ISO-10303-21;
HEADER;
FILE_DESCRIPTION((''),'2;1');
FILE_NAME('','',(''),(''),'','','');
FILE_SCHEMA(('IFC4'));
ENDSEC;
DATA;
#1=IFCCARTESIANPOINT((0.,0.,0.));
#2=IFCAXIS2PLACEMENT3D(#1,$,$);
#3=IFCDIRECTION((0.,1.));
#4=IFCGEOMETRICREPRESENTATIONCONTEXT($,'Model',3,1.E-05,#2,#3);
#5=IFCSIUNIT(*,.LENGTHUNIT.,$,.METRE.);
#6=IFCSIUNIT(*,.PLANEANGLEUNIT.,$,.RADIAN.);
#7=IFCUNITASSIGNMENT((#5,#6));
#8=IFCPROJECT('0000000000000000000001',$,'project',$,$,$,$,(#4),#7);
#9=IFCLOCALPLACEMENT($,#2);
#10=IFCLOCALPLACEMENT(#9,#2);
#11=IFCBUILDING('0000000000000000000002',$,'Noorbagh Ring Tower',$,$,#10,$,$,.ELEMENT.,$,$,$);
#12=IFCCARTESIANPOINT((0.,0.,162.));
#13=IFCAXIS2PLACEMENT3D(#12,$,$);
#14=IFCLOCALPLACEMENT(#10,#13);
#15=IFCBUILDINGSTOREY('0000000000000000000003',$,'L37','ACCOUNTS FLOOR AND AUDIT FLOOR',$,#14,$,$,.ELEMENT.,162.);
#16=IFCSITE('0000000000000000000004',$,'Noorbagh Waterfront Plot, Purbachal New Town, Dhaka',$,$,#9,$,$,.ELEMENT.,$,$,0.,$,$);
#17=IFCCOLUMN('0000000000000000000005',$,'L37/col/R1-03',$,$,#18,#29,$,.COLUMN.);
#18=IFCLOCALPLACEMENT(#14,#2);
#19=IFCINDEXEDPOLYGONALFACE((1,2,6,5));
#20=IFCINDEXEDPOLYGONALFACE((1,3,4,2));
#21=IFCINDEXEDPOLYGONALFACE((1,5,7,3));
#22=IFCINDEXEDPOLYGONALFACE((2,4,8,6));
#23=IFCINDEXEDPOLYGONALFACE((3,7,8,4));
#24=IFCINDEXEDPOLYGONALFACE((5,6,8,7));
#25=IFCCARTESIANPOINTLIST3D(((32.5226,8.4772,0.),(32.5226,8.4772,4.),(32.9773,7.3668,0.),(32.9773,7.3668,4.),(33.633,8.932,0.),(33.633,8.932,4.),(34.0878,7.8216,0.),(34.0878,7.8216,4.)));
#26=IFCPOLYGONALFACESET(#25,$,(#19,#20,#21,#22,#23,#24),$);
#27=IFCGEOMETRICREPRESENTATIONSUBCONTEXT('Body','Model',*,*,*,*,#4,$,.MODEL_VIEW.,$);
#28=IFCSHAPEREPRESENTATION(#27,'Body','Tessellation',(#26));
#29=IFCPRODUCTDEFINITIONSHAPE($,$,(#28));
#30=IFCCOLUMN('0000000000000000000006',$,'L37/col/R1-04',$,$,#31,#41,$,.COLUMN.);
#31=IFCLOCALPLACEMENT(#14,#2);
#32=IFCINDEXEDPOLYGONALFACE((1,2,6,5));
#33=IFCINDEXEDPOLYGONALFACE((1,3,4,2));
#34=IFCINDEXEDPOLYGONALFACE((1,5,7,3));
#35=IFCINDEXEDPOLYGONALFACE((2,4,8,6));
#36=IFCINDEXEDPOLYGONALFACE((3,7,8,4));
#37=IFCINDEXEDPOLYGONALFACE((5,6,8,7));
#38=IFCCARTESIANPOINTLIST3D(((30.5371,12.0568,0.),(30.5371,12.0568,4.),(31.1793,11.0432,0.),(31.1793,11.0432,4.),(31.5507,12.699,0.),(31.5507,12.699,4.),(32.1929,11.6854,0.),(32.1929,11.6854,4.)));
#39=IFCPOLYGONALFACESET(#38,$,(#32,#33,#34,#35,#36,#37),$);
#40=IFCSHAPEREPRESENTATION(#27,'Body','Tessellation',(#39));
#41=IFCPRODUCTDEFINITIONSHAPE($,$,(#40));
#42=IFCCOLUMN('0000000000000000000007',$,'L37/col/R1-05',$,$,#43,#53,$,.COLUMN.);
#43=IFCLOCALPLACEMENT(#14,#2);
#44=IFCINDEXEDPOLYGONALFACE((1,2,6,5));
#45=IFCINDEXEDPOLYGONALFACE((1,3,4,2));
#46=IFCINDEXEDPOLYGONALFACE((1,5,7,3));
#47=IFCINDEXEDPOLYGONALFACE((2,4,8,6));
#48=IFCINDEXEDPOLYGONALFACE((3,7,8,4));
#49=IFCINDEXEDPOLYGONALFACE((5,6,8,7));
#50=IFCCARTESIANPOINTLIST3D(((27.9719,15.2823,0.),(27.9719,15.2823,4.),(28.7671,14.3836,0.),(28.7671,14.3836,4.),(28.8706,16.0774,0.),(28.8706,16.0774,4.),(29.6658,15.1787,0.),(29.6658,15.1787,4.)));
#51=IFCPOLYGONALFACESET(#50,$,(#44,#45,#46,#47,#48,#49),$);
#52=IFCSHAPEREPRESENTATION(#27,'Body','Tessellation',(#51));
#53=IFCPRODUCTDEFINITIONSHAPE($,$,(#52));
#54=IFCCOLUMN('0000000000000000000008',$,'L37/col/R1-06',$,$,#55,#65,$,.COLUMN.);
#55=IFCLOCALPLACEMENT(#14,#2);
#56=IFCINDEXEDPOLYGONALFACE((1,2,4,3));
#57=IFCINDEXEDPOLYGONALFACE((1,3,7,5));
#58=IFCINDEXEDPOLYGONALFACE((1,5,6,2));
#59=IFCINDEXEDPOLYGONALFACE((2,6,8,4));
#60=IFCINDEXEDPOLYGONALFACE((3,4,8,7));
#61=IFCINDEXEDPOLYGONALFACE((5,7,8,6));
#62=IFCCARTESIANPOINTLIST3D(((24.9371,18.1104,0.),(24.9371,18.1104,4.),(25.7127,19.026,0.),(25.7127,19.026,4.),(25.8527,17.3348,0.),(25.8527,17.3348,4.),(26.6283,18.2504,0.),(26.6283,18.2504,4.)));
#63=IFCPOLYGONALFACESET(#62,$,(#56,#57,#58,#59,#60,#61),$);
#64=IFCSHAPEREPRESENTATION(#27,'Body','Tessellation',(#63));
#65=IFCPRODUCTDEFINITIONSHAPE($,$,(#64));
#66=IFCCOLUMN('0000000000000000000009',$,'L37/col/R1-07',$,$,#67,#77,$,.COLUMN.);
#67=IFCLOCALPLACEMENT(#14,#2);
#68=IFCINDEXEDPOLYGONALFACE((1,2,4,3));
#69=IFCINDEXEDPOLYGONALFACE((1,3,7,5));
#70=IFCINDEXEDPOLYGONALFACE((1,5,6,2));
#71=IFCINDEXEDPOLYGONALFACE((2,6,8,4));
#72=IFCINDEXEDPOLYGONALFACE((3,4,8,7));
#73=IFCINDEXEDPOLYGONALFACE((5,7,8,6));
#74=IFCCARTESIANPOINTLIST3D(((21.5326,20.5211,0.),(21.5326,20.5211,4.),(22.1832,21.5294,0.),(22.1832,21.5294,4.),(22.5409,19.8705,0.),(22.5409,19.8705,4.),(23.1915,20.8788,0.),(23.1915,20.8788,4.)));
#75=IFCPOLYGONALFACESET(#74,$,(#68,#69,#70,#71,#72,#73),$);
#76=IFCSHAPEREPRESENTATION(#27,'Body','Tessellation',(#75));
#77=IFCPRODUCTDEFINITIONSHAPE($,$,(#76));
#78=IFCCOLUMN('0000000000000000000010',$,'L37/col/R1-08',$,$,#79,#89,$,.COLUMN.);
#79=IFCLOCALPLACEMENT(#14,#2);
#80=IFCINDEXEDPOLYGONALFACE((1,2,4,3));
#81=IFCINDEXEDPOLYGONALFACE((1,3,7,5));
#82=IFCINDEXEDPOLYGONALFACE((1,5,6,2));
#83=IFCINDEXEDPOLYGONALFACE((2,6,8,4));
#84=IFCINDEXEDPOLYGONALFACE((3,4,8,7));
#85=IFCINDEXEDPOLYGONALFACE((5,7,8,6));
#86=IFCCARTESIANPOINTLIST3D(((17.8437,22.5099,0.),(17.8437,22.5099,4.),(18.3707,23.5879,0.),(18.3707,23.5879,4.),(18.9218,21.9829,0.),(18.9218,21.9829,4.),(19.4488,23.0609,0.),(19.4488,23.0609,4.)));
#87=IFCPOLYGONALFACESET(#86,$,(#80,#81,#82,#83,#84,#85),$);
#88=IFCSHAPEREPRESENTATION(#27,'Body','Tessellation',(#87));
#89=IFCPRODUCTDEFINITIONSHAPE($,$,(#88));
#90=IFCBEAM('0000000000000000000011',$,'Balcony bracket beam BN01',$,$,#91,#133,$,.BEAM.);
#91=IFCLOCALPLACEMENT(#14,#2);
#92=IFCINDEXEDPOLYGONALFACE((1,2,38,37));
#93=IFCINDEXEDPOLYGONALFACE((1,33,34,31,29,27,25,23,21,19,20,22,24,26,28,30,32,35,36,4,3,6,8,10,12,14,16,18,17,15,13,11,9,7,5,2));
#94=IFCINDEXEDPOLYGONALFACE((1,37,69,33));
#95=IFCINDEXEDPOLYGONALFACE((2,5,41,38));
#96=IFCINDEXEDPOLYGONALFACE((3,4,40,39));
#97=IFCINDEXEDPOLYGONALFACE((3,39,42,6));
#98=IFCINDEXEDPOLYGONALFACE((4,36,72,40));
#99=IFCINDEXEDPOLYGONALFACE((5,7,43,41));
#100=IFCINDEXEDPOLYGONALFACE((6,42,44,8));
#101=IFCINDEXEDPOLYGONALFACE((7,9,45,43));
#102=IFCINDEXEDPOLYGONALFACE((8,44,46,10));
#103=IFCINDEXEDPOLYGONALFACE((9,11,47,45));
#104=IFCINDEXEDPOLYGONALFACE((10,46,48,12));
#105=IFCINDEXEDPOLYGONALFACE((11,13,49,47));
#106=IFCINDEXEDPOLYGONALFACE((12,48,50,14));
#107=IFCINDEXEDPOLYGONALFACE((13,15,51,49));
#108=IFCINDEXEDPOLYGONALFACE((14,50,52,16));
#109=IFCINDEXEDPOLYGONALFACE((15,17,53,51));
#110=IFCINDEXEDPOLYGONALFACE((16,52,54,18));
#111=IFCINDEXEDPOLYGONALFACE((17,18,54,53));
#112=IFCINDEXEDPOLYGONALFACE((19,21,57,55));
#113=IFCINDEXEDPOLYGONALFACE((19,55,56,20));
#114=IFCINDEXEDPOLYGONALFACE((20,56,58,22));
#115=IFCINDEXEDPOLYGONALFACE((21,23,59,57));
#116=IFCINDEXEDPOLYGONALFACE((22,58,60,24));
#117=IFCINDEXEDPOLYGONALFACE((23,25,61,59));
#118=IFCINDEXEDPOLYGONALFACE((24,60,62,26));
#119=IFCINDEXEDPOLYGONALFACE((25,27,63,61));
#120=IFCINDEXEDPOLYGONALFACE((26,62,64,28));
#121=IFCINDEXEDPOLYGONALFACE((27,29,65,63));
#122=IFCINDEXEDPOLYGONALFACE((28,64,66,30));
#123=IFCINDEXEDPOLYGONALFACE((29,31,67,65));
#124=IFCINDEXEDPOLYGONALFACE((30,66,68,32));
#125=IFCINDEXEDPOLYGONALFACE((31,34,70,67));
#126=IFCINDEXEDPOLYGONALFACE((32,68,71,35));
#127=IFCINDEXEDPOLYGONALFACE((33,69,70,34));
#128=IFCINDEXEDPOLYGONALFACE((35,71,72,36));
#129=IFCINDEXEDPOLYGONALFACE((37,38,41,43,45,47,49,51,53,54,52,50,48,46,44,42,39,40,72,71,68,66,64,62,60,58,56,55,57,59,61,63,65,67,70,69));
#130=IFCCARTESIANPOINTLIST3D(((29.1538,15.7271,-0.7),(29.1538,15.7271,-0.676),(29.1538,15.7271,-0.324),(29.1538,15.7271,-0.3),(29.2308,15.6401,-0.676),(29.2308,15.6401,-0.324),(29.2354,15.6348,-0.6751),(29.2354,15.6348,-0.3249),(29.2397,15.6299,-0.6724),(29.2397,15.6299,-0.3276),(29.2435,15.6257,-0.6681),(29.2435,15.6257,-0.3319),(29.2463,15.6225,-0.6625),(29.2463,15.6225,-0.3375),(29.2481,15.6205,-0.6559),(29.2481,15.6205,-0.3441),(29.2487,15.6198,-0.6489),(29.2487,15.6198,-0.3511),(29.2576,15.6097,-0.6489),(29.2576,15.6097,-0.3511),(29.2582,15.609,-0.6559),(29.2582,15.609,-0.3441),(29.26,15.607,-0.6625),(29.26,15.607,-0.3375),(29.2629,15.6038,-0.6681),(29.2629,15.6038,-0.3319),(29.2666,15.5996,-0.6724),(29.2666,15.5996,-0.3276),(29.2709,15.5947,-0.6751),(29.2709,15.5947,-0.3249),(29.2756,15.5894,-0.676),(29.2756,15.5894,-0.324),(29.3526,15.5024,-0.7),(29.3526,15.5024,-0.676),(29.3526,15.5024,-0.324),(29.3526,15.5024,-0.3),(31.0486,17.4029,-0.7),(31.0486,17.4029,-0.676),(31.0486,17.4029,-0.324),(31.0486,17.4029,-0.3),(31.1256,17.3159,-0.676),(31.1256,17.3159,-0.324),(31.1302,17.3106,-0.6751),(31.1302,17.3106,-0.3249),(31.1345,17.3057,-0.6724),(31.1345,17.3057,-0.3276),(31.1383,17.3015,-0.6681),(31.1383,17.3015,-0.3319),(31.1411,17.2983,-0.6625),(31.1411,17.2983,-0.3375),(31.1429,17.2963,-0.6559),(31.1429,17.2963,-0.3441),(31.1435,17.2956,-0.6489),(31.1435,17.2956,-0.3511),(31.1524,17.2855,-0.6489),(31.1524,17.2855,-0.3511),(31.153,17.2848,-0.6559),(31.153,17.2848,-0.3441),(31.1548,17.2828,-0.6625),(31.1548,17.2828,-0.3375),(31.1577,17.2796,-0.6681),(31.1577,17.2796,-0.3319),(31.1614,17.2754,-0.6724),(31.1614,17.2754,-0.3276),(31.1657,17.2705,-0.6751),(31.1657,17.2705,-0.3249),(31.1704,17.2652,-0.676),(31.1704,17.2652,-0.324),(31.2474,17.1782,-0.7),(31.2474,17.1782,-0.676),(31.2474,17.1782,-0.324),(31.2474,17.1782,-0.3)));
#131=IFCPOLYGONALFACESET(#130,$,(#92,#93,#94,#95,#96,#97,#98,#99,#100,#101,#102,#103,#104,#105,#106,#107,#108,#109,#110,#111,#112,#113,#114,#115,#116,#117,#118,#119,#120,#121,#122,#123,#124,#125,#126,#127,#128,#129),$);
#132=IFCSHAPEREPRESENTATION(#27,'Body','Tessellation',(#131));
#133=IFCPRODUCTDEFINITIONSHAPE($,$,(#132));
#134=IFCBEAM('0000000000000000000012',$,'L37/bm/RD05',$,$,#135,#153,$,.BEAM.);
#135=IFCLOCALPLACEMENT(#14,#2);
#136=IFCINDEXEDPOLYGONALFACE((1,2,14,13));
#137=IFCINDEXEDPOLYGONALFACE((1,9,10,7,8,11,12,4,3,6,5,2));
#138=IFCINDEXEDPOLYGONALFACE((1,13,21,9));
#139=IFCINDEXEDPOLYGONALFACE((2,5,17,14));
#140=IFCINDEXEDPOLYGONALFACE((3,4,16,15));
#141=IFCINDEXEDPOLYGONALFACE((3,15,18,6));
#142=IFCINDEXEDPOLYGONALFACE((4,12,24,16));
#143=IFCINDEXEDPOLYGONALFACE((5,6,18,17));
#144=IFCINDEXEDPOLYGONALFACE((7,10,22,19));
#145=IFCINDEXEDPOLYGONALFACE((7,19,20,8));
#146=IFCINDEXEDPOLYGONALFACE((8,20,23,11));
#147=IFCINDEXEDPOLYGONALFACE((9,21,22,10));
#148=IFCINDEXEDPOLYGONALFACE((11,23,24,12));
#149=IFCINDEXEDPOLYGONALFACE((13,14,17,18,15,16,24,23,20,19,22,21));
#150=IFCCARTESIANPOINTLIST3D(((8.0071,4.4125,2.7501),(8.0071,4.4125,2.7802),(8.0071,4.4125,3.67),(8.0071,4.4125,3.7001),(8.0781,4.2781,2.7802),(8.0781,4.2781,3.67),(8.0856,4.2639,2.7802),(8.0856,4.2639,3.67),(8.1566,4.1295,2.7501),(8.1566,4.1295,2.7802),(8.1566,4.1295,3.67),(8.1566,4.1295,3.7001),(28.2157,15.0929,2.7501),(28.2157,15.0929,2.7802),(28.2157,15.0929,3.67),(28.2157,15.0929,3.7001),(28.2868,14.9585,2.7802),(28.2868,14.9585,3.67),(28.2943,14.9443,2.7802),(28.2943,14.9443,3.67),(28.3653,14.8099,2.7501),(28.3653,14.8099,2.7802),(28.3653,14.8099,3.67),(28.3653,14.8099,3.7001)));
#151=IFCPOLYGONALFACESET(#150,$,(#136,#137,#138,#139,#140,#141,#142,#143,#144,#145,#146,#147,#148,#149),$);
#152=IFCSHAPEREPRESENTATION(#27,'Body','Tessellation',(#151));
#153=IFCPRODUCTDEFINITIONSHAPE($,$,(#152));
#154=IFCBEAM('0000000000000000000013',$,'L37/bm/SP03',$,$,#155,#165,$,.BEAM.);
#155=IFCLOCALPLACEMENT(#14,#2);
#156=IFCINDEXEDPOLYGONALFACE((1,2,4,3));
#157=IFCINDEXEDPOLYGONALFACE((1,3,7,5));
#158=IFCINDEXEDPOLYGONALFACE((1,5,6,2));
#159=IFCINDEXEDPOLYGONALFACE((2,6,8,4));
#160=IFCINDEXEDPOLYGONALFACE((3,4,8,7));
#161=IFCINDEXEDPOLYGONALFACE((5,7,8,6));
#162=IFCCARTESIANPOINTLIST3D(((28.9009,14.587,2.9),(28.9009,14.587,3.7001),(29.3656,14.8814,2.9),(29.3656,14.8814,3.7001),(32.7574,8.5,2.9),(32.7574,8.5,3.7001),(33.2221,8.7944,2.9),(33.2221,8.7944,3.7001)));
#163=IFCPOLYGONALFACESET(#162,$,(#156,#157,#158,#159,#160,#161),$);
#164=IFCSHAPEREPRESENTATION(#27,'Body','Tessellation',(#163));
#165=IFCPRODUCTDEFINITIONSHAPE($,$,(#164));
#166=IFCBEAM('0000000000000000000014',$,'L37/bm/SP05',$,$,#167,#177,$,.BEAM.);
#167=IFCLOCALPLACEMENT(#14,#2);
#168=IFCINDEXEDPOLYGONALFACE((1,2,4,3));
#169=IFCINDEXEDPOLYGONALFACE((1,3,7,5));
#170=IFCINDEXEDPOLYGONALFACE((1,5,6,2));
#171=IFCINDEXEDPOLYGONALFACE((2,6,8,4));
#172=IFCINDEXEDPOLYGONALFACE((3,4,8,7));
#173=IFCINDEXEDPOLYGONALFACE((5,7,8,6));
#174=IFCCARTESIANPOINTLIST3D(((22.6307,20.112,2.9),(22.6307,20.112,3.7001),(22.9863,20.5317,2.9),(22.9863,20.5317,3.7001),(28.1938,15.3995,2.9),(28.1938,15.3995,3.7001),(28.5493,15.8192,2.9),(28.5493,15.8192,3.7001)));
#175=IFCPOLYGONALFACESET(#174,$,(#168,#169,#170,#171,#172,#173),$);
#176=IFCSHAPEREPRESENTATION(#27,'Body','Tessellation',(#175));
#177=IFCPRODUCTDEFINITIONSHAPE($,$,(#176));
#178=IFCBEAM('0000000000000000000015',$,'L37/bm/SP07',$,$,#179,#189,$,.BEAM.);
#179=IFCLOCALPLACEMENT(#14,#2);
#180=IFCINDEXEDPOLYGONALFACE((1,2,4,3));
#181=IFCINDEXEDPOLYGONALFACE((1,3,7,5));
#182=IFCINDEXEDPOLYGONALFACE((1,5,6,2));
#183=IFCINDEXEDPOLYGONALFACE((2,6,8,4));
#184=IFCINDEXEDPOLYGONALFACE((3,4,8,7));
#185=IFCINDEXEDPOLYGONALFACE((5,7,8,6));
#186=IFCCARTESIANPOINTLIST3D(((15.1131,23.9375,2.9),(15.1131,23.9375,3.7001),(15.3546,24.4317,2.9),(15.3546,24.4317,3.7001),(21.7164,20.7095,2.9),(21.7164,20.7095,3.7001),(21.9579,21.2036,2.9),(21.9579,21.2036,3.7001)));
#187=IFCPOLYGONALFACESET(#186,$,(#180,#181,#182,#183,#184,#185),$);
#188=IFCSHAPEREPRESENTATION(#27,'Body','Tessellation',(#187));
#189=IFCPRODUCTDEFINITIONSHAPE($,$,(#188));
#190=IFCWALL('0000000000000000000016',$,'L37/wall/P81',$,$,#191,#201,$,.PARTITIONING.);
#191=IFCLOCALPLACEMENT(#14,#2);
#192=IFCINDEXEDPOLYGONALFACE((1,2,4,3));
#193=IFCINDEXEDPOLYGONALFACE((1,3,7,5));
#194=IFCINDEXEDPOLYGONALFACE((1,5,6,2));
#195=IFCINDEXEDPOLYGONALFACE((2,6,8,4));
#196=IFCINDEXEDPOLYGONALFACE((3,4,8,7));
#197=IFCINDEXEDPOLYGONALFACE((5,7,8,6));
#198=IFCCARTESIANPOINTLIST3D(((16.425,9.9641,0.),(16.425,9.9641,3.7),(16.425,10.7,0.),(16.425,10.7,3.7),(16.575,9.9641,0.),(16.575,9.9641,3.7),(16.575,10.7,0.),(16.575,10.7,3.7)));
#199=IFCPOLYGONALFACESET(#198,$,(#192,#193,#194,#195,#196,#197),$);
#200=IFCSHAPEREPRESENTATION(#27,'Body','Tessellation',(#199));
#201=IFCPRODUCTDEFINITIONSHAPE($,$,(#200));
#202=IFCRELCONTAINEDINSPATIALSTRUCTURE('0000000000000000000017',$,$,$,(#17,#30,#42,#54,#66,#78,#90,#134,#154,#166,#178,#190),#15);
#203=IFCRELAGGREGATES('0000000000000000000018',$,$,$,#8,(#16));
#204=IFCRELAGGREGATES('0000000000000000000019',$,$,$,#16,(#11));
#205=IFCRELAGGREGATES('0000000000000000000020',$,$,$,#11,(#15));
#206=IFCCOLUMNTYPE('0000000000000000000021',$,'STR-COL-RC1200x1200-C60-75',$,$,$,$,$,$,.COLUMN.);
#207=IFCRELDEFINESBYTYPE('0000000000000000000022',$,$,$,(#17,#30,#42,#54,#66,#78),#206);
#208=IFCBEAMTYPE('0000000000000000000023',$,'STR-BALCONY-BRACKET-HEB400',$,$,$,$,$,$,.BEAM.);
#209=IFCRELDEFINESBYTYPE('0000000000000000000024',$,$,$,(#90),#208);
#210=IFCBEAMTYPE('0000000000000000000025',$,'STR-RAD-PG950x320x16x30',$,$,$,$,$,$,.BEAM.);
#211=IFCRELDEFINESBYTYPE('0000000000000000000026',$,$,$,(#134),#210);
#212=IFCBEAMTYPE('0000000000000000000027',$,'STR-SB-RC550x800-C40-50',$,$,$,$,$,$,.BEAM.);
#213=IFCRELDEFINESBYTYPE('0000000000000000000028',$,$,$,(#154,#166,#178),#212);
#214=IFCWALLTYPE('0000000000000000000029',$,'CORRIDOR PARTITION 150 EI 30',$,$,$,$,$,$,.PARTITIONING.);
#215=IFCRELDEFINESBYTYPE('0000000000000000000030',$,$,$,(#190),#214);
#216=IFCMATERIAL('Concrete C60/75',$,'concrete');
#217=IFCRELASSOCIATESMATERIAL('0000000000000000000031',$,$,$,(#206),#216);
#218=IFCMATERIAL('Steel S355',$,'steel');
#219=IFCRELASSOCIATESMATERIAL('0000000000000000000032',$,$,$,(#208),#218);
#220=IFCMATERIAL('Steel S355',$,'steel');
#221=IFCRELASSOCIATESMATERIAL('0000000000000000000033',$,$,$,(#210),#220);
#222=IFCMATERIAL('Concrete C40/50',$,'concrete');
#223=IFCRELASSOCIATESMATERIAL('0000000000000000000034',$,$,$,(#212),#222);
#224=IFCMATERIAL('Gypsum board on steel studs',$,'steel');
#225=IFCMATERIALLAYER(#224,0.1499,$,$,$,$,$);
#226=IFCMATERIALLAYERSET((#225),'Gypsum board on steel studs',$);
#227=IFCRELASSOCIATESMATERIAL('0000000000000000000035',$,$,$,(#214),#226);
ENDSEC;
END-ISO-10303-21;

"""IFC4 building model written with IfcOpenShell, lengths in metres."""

from ifc_helpers import new_model, si_unit, direction, frame, frame_2d, origin, origin_2d, place, context, subcontext, project, spatial, rectangle, i_section, extrude, material, layer, layer_set, material_profile, profile_set, type_object, element, save


model = new_model("IFC4")

# Units and contexts
model_context = context("Model", 3, precision=1e-05, world=origin(), true_north=direction((0.0, 1.0)))
body_context = subcontext(model_context, "Body", "Model", "MODEL_VIEW")
ifc_project = project(units=[si_unit("LENGTHUNIT", "METRE"), si_unit("PLANEANGLEUNIT", "RADIAN")], contexts=[model_context])

# Site, building, storey
site_placement = place(None, origin())
site = spatial("IfcSite", under=ifc_project, at=site_placement, Name="Noorbagh Waterfront Plot, Purbachal New Town, Dhaka", CompositionType="ELEMENT", RefElevation=0.0)
building_placement = place(site_placement, origin())
building = spatial("IfcBuilding", under=site, at=building_placement, Name="Noorbagh Ring Tower", CompositionType="ELEMENT")
storey_placement = place(building_placement, frame((0.0, 0.0, 162.0)))
storey = spatial("IfcBuildingStorey", under=building, at=storey_placement, Name="L37", Description="ACCOUNTS FLOOR AND AUDIT FLOOR", CompositionType="ELEMENT", Elevation=162.0)

# Columns
ifc_material_1 = material(Name="Concrete C60/75", Category="concrete")
ifc_material_profile_1 = material_profile(ifc_material_1, rectangle(XDim=1.2, YDim=1.2, at=origin_2d()), Name="RC1200x1200")
ifc_profile_set_1 = profile_set([ifc_material_profile_1], Name="Concrete C60/75")
column_type = type_object("IfcColumnType", Name="STR-COL-RC1200x1200-C60-75", PredefinedType="COLUMN", material=ifc_profile_set_1)
for number, where, z_axis, x_axis, name in (
    (1, (33.3052, 8.1494, 0.0), (0.0, 0.0, 1.0), (-0.378989, 0.925401, 0.0), "L37/col/R1-03"),
    (2, (31.365, 11.8711, 0.0), (0.0, 0.0, 1.0), (-0.53519, 0.844731, 0.0), "L37/col/R1-04"),
    (3, (28.8188, 15.2305, 0.0), (0.0, 0.0, 1.0), (-0.662636, 0.748942, 0.0), "L37/col/R1-05"),
    (4, (25.7827, 18.1804, 0.0), (0.0, 0.0, 1.0), (-0.763035, 0.646357, 0.0), "L37/col/R1-06"),
    (5, (22.3621, 20.7, 0.0), (0.0, 0.0, 1.0), (-0.840248, 0.542203, 0.0), "L37/col/R1-07"),
    (6, (18.6462, 22.7854, 0.0), (0.0, 0.0, 1.0), (-0.898399, 0.43918, 0.0), "L37/col/R1-08"),
):
    element("IfcColumn", number, at=place(storey_placement, frame(where, z_axis=z_axis, x_axis=x_axis)), inside=storey, type_object=column_type, Name=name, PredefinedType="COLUMN", context=body_context, shape_type="SweptSolid", body=[
        extrude(rectangle(XDim=1.2, YDim=1.2, at=origin_2d()), origin(), (0.0, 0.0, 1.0), 4.0),
    ])

# Beams
ifc_material_2 = material(Name="Steel S355", Category="steel")
ifc_material_profile_2 = material_profile(ifc_material_2, i_section(OverallWidth=0.3, OverallDepth=0.3999, WebThickness=0.0134, FlangeThickness=0.0239, FilletRadius=0.0271, at=origin_2d()), Name="HEB400")
ifc_profile_set_2 = profile_set([ifc_material_profile_2], Name="Steel S355")
beam_type_1 = type_object("IfcBeamType", Name="STR-BALCONY-BRACKET-HEB400", PredefinedType="BEAM", material=ifc_profile_set_2)
beam_1_placement = place(storey_placement, frame((29.2532, 15.6147, -0.5), z_axis=(0.749068, 0.662493, 0.0), x_axis=(-0.662493, 0.749068, 0.0)))
element("IfcBeam", 7, at=beam_1_placement, inside=storey, type_object=beam_type_1, Name="Balcony bracket beam BN01", PredefinedType="BEAM", context=body_context, shape_type="SweptSolid", body=[
    extrude(i_section(OverallWidth=0.3, OverallDepth=0.3999, WebThickness=0.0134, FlangeThickness=0.0239, FilletRadius=0.0271, at=origin_2d()), origin(), (0.0, 0.0, 1.0), 2.5295),
])
ifc_material_3 = material(Name="Steel S355", Category="steel")
ifc_material_profile_3 = material_profile(ifc_material_3, i_section(OverallWidth=0.3201, OverallDepth=0.95, WebThickness=0.0161, FlangeThickness=0.03, at=origin_2d()), Name="PG950x320x16x30")
ifc_profile_set_3 = profile_set([ifc_material_profile_3], Name="Steel S355")
beam_type_2 = type_object("IfcBeamType", Name="STR-RAD-PG950x320x16x30", PredefinedType="BEAM", material=ifc_profile_set_3)
beam_2_placement = place(storey_placement, frame((28.2905, 14.9514, 3.2251), z_axis=(-0.884119, -0.467261, 0.0), x_axis=(0.467261, -0.884119, 0.0)))
element("IfcBeam", 8, at=beam_2_placement, inside=storey, type_object=beam_type_2, Name="L37/bm/RD05", PredefinedType="BEAM", context=body_context, shape_type="SweptSolid", body=[
    extrude(i_section(OverallWidth=0.3201, OverallDepth=0.95, WebThickness=0.0161, FlangeThickness=0.03, at=origin_2d()), origin(), (0.0, 0.0, 1.0), 22.8574),
])
ifc_material_4 = material(Name="Concrete C40/50", Category="concrete")
ifc_material_profile_4 = material_profile(ifc_material_4, rectangle(XDim=0.55, YDim=0.8, at=origin_2d()), Name="RC550x800")
ifc_profile_set_4 = profile_set([ifc_material_profile_4], Name="Concrete C40/50")
beam_type_3 = type_object("IfcBeamType", Name="STR-SB-RC550x800-C40-50", PredefinedType="BEAM", material=ifc_profile_set_4)
beam_3_placement = place(storey_placement, frame((32.9897, 8.6472, 3.3), z_axis=(-0.535191, 0.844731, 0.0), x_axis=(-0.844731, -0.535191, 0.0)))
element("IfcBeam", 9, at=beam_3_placement, inside=storey, type_object=beam_type_3, Name="L37/bm/SP03", PredefinedType="BEAM", context=body_context, shape_type="SweptSolid", body=[
    extrude(rectangle(XDim=0.55, YDim=0.8, at=origin_2d()), origin(), (0.0, 0.0, 1.0), 7.2058),
])
beam_4_placement = place(storey_placement, frame((28.3716, 15.6094, 3.3), z_axis=(-0.763031, 0.646362, 0.0), x_axis=(-0.646362, -0.763031, 0.0)))
element("IfcBeam", 10, at=beam_4_placement, inside=storey, type_object=beam_type_3, Name="L37/bm/SP05", PredefinedType="BEAM", context=body_context, shape_type="SweptSolid", body=[
    extrude(rectangle(XDim=0.55, YDim=0.8, at=origin_2d()), origin(), (0.0, 0.0, 1.0), 7.2908),
])
beam_5_placement = place(storey_placement, frame((21.8372, 20.9565, 3.3), z_axis=(-0.898397, 0.439184, 0.0), x_axis=(-0.439184, -0.898397, 0.0)))
element("IfcBeam", 11, at=beam_5_placement, inside=storey, type_object=beam_type_3, Name="L37/bm/SP07", PredefinedType="BEAM", context=body_context, shape_type="SweptSolid", body=[
    extrude(rectangle(XDim=0.55, YDim=0.8, at=origin_2d()), origin(), (0.0, 0.0, 1.0), 7.3501),
])

# Wall
ifc_material_5 = material(Name="Gypsum board on steel studs", Category="steel")
ifc_layer_1 = layer(ifc_material_5, 0.1499)
ifc_layer_set_1 = layer_set([ifc_layer_1], Name="Gypsum board on steel studs")
wall_type_1 = type_object("IfcWallType", Name="CORRIDOR PARTITION 150 EI 30", PredefinedType="PARTITIONING", material=ifc_layer_set_1)
wall_1_placement = place(storey_placement, frame((16.5, 9.9641, 0.0), z_axis=(0.0, 0.0, 1.0), x_axis=(0.0, 1.0, 0.0)))
element("IfcWall", 12, at=wall_1_placement, inside=storey, type_object=wall_type_1, Name="L37/wall/P81", PredefinedType="PARTITIONING", context=body_context, shape_type="SweptSolid", body=[
    extrude(rectangle(XDim=0.7358, YDim=0.1499, at=frame_2d((0.3679, 0.0))), origin(), (0.0, 0.0, 1.0), 3.7),
])

save(model, "model.ifc")
